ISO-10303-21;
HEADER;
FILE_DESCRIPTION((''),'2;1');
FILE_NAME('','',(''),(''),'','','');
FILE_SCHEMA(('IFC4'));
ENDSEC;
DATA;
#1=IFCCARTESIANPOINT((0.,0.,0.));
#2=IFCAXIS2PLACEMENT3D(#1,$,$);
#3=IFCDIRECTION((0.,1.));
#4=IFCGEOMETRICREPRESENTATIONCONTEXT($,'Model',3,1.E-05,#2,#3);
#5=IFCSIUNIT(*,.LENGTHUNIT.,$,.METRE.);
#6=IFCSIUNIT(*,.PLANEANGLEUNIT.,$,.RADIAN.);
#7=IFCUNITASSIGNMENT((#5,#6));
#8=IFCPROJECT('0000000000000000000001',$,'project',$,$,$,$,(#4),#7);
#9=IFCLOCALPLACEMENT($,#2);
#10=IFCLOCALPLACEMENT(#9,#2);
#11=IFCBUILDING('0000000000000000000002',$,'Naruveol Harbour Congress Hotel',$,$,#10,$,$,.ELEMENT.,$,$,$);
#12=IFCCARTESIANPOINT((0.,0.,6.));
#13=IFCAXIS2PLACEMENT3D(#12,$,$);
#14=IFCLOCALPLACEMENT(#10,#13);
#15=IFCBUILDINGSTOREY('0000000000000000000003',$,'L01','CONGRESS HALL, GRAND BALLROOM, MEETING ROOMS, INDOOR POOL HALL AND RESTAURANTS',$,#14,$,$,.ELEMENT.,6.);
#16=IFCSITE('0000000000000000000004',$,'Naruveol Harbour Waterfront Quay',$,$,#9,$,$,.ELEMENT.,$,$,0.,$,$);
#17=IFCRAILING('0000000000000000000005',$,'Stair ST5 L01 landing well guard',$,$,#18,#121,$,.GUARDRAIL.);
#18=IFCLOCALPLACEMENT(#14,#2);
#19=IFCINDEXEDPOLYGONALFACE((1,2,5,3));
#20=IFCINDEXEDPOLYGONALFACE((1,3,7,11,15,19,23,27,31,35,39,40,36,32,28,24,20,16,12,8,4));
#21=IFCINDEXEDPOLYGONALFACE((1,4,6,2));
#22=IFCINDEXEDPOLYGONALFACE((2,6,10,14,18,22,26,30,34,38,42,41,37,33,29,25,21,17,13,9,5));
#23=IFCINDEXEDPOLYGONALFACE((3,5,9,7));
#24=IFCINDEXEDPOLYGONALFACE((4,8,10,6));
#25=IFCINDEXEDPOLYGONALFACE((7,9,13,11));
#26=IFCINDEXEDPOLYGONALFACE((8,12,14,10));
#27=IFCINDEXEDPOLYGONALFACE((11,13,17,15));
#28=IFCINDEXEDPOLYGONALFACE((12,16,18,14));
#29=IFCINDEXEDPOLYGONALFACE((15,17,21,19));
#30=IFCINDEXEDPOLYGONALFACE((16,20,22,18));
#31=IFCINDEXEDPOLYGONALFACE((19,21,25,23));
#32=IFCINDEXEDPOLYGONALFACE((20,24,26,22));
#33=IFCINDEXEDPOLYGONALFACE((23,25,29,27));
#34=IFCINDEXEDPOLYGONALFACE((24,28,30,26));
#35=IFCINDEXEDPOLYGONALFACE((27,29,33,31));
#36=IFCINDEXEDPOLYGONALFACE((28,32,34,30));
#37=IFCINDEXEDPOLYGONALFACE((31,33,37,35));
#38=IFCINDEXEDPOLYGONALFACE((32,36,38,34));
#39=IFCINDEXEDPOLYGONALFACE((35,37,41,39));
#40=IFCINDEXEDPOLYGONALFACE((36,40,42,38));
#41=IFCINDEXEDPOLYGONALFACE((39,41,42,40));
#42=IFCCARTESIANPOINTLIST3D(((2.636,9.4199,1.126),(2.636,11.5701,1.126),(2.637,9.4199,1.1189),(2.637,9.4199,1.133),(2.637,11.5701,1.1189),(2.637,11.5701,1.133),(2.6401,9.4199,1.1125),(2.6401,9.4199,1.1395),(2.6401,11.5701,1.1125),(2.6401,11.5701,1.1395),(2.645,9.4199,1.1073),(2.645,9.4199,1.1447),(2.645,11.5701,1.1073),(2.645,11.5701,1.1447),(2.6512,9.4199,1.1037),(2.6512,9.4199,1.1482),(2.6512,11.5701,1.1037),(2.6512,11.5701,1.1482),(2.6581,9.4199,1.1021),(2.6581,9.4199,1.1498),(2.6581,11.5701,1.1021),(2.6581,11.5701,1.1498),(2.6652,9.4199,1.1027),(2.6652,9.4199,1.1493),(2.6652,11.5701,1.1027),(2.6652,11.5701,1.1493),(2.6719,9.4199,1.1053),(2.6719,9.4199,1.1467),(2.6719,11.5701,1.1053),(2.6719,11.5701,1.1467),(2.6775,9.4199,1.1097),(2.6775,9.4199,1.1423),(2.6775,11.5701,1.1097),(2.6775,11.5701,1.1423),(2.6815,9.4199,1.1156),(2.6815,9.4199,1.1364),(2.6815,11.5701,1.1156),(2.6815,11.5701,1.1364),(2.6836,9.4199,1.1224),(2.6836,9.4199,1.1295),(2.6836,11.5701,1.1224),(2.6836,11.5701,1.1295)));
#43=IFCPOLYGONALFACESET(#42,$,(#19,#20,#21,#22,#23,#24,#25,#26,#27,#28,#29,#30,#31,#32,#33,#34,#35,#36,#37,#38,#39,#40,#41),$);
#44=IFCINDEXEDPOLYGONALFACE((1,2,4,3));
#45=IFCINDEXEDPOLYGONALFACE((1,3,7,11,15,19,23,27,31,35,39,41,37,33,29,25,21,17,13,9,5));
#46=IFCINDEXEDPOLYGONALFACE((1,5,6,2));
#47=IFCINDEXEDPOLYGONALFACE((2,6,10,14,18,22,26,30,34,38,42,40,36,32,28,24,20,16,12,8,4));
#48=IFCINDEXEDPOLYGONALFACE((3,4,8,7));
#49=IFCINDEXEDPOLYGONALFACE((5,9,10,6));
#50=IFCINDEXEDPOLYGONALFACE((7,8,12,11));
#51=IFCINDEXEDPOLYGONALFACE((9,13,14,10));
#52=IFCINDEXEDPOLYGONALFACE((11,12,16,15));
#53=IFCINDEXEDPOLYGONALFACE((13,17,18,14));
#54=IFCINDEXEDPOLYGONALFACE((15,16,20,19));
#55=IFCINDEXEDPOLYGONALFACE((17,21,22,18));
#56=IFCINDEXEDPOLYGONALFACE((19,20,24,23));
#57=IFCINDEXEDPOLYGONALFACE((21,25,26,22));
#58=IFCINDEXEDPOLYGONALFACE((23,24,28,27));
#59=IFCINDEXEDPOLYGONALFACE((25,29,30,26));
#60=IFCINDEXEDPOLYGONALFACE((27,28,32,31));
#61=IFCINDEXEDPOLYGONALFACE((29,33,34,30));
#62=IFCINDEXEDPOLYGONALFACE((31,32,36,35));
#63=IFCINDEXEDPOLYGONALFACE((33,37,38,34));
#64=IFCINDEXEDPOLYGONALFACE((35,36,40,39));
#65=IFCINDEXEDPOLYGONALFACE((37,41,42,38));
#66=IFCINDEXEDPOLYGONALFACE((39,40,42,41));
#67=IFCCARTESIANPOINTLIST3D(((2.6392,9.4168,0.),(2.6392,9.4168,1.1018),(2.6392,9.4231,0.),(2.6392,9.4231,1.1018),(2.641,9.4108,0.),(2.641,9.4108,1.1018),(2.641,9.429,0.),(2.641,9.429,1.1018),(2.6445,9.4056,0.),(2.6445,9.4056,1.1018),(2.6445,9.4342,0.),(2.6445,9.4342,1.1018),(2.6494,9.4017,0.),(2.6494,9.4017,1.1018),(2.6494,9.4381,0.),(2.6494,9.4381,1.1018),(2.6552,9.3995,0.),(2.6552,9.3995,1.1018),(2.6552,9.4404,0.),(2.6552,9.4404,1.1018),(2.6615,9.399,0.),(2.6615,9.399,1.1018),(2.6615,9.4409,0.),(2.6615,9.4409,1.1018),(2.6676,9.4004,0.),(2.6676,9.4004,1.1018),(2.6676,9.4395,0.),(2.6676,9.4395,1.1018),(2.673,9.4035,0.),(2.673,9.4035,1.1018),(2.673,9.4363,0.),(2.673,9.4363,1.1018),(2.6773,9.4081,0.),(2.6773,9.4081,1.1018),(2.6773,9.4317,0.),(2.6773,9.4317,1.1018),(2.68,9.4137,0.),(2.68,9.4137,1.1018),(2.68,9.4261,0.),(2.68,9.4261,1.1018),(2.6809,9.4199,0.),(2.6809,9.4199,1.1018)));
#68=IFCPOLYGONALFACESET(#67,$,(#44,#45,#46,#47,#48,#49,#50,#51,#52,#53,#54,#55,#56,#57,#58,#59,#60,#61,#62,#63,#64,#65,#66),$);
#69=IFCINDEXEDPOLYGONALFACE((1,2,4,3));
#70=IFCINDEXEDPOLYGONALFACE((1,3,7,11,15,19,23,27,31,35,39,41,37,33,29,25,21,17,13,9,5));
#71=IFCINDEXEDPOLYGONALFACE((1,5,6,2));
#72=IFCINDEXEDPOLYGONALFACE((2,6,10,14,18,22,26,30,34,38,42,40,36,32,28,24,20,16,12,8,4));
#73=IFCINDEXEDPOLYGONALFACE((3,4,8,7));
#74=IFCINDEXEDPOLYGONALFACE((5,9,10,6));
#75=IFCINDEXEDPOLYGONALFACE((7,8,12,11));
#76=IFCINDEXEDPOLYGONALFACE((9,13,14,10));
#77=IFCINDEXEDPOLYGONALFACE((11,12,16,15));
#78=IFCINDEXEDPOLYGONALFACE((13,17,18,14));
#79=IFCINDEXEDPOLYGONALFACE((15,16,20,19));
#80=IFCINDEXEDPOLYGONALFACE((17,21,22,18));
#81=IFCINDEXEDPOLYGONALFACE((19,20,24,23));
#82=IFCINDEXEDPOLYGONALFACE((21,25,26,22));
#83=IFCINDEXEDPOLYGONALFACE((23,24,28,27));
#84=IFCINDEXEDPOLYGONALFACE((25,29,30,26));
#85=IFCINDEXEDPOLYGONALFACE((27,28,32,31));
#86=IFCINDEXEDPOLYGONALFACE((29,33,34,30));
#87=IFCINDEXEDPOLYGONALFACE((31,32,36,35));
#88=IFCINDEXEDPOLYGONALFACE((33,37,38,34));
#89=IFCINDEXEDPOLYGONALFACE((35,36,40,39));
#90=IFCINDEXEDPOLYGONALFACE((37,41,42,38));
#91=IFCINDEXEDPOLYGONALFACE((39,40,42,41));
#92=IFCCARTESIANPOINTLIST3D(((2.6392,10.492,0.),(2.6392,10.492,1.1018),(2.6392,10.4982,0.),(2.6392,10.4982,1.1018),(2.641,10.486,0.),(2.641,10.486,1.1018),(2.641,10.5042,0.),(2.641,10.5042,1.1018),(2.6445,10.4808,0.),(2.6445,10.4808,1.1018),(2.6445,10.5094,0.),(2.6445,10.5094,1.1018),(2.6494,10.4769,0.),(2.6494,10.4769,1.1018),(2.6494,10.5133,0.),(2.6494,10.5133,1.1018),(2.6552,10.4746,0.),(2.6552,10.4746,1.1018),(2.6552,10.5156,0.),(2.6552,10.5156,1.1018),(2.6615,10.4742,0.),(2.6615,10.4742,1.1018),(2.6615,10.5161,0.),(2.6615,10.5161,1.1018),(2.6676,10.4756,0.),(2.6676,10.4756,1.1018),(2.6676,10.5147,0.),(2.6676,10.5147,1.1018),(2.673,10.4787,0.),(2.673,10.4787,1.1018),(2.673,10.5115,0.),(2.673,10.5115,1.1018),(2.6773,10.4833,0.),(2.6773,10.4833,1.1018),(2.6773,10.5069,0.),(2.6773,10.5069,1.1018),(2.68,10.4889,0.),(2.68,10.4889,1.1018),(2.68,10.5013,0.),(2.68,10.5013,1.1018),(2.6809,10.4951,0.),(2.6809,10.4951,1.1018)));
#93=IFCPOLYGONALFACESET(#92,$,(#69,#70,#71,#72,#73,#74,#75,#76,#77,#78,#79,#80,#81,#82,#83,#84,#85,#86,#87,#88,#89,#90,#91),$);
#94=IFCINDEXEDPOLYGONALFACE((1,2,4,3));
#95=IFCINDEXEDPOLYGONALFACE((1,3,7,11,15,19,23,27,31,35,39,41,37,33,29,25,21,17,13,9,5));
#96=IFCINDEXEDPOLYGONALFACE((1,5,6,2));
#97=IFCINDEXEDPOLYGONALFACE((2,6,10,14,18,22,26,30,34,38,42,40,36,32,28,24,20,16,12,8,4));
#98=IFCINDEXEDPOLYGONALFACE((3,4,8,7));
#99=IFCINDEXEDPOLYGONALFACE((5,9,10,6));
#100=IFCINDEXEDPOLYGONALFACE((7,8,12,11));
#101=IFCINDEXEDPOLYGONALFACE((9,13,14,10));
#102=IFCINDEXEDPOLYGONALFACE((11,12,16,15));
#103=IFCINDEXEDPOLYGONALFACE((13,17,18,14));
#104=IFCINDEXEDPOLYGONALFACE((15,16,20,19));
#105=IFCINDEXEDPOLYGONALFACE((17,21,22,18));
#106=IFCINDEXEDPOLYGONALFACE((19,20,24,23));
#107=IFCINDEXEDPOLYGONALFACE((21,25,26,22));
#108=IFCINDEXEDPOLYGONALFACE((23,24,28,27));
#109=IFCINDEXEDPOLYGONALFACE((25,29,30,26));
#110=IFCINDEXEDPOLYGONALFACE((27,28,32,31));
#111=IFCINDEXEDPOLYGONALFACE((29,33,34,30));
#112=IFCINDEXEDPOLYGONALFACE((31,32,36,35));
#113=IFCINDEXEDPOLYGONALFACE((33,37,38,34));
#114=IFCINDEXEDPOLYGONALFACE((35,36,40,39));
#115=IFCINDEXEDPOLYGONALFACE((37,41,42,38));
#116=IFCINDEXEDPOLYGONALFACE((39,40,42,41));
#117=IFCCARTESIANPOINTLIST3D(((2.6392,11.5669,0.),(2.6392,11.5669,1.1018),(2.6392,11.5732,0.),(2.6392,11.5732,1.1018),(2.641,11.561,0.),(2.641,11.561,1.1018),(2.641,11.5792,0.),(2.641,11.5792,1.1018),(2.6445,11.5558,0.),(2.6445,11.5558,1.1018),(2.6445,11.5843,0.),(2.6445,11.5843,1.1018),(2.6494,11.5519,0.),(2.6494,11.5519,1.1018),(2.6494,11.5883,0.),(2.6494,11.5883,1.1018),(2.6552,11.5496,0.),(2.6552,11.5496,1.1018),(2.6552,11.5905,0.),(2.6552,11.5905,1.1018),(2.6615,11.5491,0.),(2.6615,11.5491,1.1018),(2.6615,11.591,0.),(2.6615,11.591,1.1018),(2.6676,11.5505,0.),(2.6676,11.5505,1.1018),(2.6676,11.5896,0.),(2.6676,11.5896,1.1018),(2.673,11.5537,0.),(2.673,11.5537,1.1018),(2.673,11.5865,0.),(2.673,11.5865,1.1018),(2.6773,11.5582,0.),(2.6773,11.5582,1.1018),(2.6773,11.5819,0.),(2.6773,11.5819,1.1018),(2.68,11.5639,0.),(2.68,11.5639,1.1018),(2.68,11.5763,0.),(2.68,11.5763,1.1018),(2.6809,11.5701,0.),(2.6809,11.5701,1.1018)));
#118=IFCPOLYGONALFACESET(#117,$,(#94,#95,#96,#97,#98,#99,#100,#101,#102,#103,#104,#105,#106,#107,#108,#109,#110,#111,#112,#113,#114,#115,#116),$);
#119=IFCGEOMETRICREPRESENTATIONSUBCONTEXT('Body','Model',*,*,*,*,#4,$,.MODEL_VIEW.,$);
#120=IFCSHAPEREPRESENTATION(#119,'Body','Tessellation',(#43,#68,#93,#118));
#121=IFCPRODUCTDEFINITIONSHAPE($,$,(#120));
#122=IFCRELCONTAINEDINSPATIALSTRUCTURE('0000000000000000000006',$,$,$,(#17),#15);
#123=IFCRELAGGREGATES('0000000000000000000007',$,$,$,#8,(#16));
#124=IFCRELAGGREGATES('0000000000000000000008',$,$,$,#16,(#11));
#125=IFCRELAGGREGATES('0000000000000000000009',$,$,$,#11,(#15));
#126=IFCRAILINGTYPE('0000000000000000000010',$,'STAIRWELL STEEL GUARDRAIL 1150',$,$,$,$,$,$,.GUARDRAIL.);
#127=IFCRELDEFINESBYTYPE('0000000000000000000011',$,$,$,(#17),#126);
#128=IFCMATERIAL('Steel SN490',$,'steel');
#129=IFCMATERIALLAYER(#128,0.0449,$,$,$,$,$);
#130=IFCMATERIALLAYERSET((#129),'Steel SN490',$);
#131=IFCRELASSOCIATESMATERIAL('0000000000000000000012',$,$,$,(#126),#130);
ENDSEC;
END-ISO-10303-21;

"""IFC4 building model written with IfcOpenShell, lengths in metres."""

from ifc_helpers import new_model, si_unit, direction, frame, origin, origin_2d, place, context, subcontext, project, spatial, circle, extrude, material, layer, layer_set, type_object, element, save


model = new_model("IFC4")

# Units and contexts
model_context = context("Model", 3, precision=1e-05, world=origin(), true_north=direction((0.0, 1.0)))
body_context = subcontext(model_context, "Body", "Model", "MODEL_VIEW")
ifc_project = project(units=[si_unit("LENGTHUNIT", "METRE"), si_unit("PLANEANGLEUNIT", "RADIAN")], contexts=[model_context])

# Site, building, storey
site_placement = place(None, origin())
site = spatial("IfcSite", under=ifc_project, at=site_placement, Name="Naruveol Harbour Waterfront Quay", CompositionType="ELEMENT", RefElevation=0.0)
building_placement = place(site_placement, origin())
building = spatial("IfcBuilding", under=site, at=building_placement, Name="Naruveol Harbour Congress Hotel", CompositionType="ELEMENT")
storey_placement = place(building_placement, frame((0.0, 0.0, 6.0)))
storey = spatial("IfcBuildingStorey", under=building, at=storey_placement, Name="L01", Description="CONGRESS HALL, GRAND BALLROOM, MEETING ROOMS, INDOOR POOL HALL AND RESTAURANTS", CompositionType="ELEMENT", Elevation=6.0)

# Railing
ifc_material_1 = material(Name="Steel SN490", Category="steel")
ifc_layer_1 = layer(ifc_material_1, 0.0449)
ifc_layer_set_1 = layer_set([ifc_layer_1], Name="Steel SN490")
railing_type_1 = type_object("IfcRailingType", Name="STAIRWELL STEEL GUARDRAIL 1150", PredefinedType="GUARDRAIL", material=ifc_layer_set_1)
railing_1_placement = place(storey_placement, frame((2.6599, 9.4199, 0.0)))
element("IfcRailing", 1, at=railing_1_placement, inside=storey, type_object=railing_type_1, Name="Stair ST5 L01 landing well guard", PredefinedType="GUARDRAIL", context=body_context, shape_type="SweptSolid", body=[
    extrude(circle(Radius=0.0239, at=origin_2d()), frame((0.0, 0.0, 1.126), z_axis=(0.0, 1.0, 0.0), x_axis=(-1.0, 0.0, 0.0)), (0.0, 0.0, 1.0), 2.1501),
    extrude(circle(Radius=0.021, at=origin_2d()), origin(), (0.0, 0.0, 1.0), 1.1018),
    extrude(circle(Radius=0.021, at=origin_2d()), frame((0.0, 1.0752, 0.0)), (0.0, 0.0, 1.0), 1.1018),
    extrude(circle(Radius=0.021, at=origin_2d()), frame((0.0, 2.1501, 0.0)), (0.0, 0.0, 1.0), 1.1018),
])

save(model, "model.ifc")
